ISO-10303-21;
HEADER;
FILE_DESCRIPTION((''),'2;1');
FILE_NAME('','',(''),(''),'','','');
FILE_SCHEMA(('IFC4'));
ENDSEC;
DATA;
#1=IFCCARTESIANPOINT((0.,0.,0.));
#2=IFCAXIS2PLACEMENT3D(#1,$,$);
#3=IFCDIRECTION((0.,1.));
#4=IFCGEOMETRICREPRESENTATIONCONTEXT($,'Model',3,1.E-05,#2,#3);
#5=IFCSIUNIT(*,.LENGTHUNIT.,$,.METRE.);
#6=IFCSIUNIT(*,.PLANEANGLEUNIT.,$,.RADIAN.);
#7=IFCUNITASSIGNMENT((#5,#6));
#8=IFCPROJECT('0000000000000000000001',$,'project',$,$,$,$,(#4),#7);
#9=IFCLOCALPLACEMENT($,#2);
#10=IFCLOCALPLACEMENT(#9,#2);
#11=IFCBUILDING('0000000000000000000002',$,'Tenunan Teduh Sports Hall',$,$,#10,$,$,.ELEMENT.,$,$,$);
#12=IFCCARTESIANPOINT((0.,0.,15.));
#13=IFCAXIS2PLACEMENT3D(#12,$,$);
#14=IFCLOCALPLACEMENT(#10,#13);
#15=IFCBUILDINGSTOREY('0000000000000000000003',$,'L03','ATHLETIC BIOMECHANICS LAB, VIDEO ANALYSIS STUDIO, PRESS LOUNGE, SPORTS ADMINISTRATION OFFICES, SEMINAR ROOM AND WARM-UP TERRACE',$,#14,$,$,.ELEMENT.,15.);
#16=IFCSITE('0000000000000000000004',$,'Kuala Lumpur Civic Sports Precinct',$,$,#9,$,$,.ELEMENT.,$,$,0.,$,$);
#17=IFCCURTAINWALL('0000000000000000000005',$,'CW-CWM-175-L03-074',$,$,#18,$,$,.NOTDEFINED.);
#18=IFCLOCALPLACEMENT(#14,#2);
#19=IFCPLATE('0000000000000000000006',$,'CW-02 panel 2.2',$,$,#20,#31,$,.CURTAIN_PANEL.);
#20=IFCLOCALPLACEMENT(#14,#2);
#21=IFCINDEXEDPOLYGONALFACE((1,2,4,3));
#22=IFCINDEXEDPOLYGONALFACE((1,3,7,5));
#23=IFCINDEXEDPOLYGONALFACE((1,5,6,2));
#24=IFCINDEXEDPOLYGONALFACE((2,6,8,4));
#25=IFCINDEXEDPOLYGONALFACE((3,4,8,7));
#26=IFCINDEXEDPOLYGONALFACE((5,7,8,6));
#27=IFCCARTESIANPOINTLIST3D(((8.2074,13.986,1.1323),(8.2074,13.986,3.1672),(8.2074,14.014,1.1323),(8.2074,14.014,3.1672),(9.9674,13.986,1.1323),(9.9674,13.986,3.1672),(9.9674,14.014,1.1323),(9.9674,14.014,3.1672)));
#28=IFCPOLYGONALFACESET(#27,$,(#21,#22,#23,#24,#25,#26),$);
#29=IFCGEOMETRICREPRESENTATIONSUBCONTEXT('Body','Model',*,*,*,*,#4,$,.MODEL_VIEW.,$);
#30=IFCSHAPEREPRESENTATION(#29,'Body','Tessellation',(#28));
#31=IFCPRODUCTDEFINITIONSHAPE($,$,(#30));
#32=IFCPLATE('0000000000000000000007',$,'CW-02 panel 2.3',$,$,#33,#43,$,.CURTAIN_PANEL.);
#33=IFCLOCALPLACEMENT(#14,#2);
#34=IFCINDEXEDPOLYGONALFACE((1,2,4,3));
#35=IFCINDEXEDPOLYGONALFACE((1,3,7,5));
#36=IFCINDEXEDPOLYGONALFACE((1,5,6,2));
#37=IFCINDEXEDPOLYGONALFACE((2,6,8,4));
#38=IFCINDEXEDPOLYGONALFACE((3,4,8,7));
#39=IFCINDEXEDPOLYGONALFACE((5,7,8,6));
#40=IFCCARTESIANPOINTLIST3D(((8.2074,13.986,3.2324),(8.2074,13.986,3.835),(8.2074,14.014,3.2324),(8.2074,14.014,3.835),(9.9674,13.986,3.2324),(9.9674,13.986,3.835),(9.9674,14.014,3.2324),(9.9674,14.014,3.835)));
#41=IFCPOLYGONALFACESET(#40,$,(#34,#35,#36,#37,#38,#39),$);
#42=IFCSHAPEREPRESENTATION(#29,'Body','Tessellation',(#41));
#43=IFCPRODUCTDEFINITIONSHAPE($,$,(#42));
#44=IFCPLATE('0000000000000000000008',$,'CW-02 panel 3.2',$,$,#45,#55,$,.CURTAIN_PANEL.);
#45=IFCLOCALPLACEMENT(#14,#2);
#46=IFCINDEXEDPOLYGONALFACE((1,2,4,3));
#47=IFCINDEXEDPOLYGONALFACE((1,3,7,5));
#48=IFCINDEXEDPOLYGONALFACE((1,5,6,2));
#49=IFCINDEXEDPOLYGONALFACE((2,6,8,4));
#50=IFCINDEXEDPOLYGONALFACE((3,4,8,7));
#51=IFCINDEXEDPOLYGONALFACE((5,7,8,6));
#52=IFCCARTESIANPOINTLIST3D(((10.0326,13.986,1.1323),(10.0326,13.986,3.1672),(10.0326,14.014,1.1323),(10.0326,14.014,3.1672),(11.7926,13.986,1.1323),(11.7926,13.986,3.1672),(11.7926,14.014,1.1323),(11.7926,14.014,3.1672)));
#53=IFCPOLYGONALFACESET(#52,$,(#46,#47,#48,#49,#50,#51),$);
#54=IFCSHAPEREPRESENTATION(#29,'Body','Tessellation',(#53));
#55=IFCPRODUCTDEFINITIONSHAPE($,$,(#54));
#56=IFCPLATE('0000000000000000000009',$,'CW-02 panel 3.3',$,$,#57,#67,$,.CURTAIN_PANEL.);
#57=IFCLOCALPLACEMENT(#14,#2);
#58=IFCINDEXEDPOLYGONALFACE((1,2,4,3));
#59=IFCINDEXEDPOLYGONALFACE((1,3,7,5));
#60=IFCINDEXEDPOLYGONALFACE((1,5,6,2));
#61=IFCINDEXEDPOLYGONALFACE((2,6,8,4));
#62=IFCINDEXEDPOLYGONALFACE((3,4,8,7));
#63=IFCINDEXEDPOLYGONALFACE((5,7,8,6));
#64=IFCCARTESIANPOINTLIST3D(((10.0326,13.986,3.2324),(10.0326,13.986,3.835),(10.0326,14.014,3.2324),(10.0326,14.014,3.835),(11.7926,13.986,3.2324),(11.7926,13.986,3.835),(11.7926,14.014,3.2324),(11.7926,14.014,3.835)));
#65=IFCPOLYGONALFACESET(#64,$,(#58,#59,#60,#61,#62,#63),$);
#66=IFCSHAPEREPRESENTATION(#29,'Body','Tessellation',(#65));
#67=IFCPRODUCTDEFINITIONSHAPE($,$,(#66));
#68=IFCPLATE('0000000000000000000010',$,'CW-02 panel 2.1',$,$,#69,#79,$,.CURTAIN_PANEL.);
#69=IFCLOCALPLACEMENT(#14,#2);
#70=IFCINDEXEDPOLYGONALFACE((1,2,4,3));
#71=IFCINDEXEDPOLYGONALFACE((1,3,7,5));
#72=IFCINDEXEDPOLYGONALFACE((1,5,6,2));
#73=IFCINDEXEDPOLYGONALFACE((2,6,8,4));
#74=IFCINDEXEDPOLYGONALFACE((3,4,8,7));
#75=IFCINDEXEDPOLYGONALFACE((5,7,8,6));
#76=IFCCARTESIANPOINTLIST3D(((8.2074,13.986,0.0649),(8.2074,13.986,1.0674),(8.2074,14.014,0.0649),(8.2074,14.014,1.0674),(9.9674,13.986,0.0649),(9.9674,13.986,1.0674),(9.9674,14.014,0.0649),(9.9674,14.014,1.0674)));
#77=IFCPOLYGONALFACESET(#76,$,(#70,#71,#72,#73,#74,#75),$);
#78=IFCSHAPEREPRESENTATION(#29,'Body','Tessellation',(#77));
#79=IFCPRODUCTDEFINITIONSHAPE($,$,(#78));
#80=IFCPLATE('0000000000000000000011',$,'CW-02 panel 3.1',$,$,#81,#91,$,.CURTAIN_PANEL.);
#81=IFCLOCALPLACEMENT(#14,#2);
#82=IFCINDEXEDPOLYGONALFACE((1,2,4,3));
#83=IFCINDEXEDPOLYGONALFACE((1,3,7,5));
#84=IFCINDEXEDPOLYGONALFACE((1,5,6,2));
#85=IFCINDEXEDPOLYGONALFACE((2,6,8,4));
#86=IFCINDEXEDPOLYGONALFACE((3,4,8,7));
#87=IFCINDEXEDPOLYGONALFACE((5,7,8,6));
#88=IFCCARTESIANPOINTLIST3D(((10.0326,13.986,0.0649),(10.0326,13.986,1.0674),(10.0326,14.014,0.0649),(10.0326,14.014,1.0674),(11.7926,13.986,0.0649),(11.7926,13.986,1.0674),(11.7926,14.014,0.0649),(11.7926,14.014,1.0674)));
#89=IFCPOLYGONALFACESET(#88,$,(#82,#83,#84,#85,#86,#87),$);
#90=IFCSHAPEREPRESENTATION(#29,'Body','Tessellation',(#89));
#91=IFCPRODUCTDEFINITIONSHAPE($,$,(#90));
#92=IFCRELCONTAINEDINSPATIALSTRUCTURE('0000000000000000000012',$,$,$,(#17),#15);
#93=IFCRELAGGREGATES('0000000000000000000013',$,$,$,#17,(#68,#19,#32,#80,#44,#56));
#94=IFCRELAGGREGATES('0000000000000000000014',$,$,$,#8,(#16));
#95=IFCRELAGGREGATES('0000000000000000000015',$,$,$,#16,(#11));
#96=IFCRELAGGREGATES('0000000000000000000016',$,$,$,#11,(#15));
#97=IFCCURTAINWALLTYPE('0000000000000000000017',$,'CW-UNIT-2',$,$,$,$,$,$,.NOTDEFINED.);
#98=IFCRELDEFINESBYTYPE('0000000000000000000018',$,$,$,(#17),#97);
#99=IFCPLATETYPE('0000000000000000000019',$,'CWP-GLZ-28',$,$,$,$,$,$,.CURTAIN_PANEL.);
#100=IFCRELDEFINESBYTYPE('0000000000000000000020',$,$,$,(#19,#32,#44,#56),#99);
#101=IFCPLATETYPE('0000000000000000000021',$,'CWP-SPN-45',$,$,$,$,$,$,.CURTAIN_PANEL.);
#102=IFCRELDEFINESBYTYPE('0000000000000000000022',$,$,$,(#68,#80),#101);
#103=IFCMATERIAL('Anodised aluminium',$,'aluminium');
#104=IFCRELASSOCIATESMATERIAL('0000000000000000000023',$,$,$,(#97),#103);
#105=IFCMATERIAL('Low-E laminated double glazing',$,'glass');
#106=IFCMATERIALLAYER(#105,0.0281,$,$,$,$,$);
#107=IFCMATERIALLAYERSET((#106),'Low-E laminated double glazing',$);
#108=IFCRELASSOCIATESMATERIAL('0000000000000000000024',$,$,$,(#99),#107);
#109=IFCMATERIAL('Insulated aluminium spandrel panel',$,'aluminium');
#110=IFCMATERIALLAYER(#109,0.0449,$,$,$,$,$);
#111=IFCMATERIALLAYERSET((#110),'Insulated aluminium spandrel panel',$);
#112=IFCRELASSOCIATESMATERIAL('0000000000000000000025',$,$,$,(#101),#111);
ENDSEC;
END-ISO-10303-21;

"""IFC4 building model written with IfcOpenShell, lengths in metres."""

from ifc_helpers import new_model, si_unit, direction, frame, origin, origin_2d, place, context, subcontext, project, spatial, rectangle, extrude, material, layer, layer_set, type_object, element, aggregate, save


model = new_model("IFC4")

# Units and contexts
model_context = context("Model", 3, precision=1e-05, world=origin(), true_north=direction((0.0, 1.0)))
body_context = subcontext(model_context, "Body", "Model", "MODEL_VIEW")
ifc_project = project(units=[si_unit("LENGTHUNIT", "METRE"), si_unit("PLANEANGLEUNIT", "RADIAN")], contexts=[model_context])

# Site, building, storey
site_placement = place(None, origin())
site = spatial("IfcSite", under=ifc_project, at=site_placement, Name="Kuala Lumpur Civic Sports Precinct", CompositionType="ELEMENT", RefElevation=0.0)
building_placement = place(site_placement, origin())
building = spatial("IfcBuilding", under=site, at=building_placement, Name="Tenunan Teduh Sports Hall", CompositionType="ELEMENT")
storey_placement = place(building_placement, frame((0.0, 0.0, 15.0)))
storey = spatial("IfcBuildingStorey", under=building, at=storey_placement, Name="L03", Description="ATHLETIC BIOMECHANICS LAB, VIDEO ANALYSIS STUDIO, PRESS LOUNGE, SPORTS ADMINISTRATION OFFICES, SEMINAR ROOM AND WARM-UP TERRACE", CompositionType="ELEMENT", Elevation=15.0)

# Curtain wall, plates
ifc_material_1 = material(Name="Anodised aluminium", Category="aluminium")
curtain_wall_type = type_object("IfcCurtainWallType", Name="CW-UNIT-2", PredefinedType="NOTDEFINED", material=ifc_material_1)
curtain_wall_placement = place(storey_placement, origin())
curtain_wall = element("IfcCurtainWall", 1, at=curtain_wall_placement, inside=storey, type_object=curtain_wall_type, Name="CW-CWM-175-L03-074", PredefinedType="NOTDEFINED")
ifc_material_2 = material(Name="Low-E laminated double glazing", Category="glass")
ifc_layer_1 = layer(ifc_material_2, 0.0281)
ifc_layer_set_1 = layer_set([ifc_layer_1], Name="Low-E laminated double glazing")
plate_type_1 = type_object("IfcPlateType", Name="CWP-GLZ-28", PredefinedType="CURTAIN_PANEL", material=ifc_layer_set_1)
plate_1_placement = place(storey_placement, frame((9.0874, 14.0, 1.1323), z_axis=(0.0, 0.0, 1.0), x_axis=(1.0, 0.0, 0.0)))
plate_1 = element("IfcPlate", 2, at=plate_1_placement, type_object=plate_type_1, Name="CW-02 panel 2.2", PredefinedType="CURTAIN_PANEL", context=body_context, shape_type="SweptSolid", body=[
    extrude(rectangle(XDim=1.76, YDim=0.0281, at=origin_2d()), origin(), (0.0, 0.0, 1.0), 2.0349),
])
plate_2_placement = place(storey_placement, frame((9.0874, 14.0, 3.2324), z_axis=(0.0, 0.0, 1.0), x_axis=(1.0, 0.0, 0.0)))
plate_2 = element("IfcPlate", 3, at=plate_2_placement, type_object=plate_type_1, Name="CW-02 panel 2.3", PredefinedType="CURTAIN_PANEL", context=body_context, shape_type="SweptSolid", body=[
    extrude(rectangle(XDim=1.76, YDim=0.0281, at=origin_2d()), origin(), (0.0, 0.0, 1.0), 0.6025),
])
plate_3_placement = place(storey_placement, frame((10.9126, 14.0, 1.1323), z_axis=(0.0, 0.0, 1.0), x_axis=(1.0, 0.0, 0.0)))
plate_3 = element("IfcPlate", 4, at=plate_3_placement, type_object=plate_type_1, Name="CW-02 panel 3.2", PredefinedType="CURTAIN_PANEL", context=body_context, shape_type="SweptSolid", body=[
    extrude(rectangle(XDim=1.76, YDim=0.0281, at=origin_2d()), origin(), (0.0, 0.0, 1.0), 2.0349),
])
plate_4_placement = place(storey_placement, frame((10.9126, 14.0, 3.2324), z_axis=(0.0, 0.0, 1.0), x_axis=(1.0, 0.0, 0.0)))
plate_4 = element("IfcPlate", 5, at=plate_4_placement, type_object=plate_type_1, Name="CW-02 panel 3.3", PredefinedType="CURTAIN_PANEL", context=body_context, shape_type="SweptSolid", body=[
    extrude(rectangle(XDim=1.76, YDim=0.0281, at=origin_2d()), origin(), (0.0, 0.0, 1.0), 0.6025),
])
ifc_material_3 = material(Name="Insulated aluminium spandrel panel", Category="aluminium")
ifc_layer_2 = layer(ifc_material_3, 0.0449)
ifc_layer_set_2 = layer_set([ifc_layer_2], Name="Insulated aluminium spandrel panel")
plate_type_2 = type_object("IfcPlateType", Name="CWP-SPN-45", PredefinedType="CURTAIN_PANEL", material=ifc_layer_set_2)
plate_5_placement = place(storey_placement, frame((9.0874, 14.0, 0.0649), z_axis=(0.0, 0.0, 1.0), x_axis=(1.0, 0.0, 0.0)))
plate_5 = element("IfcPlate", 6, at=plate_5_placement, type_object=plate_type_2, Name="CW-02 panel 2.1", PredefinedType="CURTAIN_PANEL", context=body_context, shape_type="SweptSolid", body=[
    extrude(rectangle(XDim=1.76, YDim=0.0281, at=origin_2d()), origin(), (0.0, 0.0, 1.0), 1.0024),
])
plate_6_placement = place(storey_placement, frame((10.9126, 14.0, 0.0649), z_axis=(0.0, 0.0, 1.0), x_axis=(1.0, 0.0, 0.0)))
plate_6 = element("IfcPlate", 7, at=plate_6_placement, type_object=plate_type_2, Name="CW-02 panel 3.1", PredefinedType="CURTAIN_PANEL", context=body_context, shape_type="SweptSolid", body=[
    extrude(rectangle(XDim=1.76, YDim=0.0281, at=origin_2d()), origin(), (0.0, 0.0, 1.0), 1.0024),
])
aggregate(curtain_wall, [plate_5, plate_1, plate_2, plate_6, plate_3, plate_4])

save(model, "model.ifc")
